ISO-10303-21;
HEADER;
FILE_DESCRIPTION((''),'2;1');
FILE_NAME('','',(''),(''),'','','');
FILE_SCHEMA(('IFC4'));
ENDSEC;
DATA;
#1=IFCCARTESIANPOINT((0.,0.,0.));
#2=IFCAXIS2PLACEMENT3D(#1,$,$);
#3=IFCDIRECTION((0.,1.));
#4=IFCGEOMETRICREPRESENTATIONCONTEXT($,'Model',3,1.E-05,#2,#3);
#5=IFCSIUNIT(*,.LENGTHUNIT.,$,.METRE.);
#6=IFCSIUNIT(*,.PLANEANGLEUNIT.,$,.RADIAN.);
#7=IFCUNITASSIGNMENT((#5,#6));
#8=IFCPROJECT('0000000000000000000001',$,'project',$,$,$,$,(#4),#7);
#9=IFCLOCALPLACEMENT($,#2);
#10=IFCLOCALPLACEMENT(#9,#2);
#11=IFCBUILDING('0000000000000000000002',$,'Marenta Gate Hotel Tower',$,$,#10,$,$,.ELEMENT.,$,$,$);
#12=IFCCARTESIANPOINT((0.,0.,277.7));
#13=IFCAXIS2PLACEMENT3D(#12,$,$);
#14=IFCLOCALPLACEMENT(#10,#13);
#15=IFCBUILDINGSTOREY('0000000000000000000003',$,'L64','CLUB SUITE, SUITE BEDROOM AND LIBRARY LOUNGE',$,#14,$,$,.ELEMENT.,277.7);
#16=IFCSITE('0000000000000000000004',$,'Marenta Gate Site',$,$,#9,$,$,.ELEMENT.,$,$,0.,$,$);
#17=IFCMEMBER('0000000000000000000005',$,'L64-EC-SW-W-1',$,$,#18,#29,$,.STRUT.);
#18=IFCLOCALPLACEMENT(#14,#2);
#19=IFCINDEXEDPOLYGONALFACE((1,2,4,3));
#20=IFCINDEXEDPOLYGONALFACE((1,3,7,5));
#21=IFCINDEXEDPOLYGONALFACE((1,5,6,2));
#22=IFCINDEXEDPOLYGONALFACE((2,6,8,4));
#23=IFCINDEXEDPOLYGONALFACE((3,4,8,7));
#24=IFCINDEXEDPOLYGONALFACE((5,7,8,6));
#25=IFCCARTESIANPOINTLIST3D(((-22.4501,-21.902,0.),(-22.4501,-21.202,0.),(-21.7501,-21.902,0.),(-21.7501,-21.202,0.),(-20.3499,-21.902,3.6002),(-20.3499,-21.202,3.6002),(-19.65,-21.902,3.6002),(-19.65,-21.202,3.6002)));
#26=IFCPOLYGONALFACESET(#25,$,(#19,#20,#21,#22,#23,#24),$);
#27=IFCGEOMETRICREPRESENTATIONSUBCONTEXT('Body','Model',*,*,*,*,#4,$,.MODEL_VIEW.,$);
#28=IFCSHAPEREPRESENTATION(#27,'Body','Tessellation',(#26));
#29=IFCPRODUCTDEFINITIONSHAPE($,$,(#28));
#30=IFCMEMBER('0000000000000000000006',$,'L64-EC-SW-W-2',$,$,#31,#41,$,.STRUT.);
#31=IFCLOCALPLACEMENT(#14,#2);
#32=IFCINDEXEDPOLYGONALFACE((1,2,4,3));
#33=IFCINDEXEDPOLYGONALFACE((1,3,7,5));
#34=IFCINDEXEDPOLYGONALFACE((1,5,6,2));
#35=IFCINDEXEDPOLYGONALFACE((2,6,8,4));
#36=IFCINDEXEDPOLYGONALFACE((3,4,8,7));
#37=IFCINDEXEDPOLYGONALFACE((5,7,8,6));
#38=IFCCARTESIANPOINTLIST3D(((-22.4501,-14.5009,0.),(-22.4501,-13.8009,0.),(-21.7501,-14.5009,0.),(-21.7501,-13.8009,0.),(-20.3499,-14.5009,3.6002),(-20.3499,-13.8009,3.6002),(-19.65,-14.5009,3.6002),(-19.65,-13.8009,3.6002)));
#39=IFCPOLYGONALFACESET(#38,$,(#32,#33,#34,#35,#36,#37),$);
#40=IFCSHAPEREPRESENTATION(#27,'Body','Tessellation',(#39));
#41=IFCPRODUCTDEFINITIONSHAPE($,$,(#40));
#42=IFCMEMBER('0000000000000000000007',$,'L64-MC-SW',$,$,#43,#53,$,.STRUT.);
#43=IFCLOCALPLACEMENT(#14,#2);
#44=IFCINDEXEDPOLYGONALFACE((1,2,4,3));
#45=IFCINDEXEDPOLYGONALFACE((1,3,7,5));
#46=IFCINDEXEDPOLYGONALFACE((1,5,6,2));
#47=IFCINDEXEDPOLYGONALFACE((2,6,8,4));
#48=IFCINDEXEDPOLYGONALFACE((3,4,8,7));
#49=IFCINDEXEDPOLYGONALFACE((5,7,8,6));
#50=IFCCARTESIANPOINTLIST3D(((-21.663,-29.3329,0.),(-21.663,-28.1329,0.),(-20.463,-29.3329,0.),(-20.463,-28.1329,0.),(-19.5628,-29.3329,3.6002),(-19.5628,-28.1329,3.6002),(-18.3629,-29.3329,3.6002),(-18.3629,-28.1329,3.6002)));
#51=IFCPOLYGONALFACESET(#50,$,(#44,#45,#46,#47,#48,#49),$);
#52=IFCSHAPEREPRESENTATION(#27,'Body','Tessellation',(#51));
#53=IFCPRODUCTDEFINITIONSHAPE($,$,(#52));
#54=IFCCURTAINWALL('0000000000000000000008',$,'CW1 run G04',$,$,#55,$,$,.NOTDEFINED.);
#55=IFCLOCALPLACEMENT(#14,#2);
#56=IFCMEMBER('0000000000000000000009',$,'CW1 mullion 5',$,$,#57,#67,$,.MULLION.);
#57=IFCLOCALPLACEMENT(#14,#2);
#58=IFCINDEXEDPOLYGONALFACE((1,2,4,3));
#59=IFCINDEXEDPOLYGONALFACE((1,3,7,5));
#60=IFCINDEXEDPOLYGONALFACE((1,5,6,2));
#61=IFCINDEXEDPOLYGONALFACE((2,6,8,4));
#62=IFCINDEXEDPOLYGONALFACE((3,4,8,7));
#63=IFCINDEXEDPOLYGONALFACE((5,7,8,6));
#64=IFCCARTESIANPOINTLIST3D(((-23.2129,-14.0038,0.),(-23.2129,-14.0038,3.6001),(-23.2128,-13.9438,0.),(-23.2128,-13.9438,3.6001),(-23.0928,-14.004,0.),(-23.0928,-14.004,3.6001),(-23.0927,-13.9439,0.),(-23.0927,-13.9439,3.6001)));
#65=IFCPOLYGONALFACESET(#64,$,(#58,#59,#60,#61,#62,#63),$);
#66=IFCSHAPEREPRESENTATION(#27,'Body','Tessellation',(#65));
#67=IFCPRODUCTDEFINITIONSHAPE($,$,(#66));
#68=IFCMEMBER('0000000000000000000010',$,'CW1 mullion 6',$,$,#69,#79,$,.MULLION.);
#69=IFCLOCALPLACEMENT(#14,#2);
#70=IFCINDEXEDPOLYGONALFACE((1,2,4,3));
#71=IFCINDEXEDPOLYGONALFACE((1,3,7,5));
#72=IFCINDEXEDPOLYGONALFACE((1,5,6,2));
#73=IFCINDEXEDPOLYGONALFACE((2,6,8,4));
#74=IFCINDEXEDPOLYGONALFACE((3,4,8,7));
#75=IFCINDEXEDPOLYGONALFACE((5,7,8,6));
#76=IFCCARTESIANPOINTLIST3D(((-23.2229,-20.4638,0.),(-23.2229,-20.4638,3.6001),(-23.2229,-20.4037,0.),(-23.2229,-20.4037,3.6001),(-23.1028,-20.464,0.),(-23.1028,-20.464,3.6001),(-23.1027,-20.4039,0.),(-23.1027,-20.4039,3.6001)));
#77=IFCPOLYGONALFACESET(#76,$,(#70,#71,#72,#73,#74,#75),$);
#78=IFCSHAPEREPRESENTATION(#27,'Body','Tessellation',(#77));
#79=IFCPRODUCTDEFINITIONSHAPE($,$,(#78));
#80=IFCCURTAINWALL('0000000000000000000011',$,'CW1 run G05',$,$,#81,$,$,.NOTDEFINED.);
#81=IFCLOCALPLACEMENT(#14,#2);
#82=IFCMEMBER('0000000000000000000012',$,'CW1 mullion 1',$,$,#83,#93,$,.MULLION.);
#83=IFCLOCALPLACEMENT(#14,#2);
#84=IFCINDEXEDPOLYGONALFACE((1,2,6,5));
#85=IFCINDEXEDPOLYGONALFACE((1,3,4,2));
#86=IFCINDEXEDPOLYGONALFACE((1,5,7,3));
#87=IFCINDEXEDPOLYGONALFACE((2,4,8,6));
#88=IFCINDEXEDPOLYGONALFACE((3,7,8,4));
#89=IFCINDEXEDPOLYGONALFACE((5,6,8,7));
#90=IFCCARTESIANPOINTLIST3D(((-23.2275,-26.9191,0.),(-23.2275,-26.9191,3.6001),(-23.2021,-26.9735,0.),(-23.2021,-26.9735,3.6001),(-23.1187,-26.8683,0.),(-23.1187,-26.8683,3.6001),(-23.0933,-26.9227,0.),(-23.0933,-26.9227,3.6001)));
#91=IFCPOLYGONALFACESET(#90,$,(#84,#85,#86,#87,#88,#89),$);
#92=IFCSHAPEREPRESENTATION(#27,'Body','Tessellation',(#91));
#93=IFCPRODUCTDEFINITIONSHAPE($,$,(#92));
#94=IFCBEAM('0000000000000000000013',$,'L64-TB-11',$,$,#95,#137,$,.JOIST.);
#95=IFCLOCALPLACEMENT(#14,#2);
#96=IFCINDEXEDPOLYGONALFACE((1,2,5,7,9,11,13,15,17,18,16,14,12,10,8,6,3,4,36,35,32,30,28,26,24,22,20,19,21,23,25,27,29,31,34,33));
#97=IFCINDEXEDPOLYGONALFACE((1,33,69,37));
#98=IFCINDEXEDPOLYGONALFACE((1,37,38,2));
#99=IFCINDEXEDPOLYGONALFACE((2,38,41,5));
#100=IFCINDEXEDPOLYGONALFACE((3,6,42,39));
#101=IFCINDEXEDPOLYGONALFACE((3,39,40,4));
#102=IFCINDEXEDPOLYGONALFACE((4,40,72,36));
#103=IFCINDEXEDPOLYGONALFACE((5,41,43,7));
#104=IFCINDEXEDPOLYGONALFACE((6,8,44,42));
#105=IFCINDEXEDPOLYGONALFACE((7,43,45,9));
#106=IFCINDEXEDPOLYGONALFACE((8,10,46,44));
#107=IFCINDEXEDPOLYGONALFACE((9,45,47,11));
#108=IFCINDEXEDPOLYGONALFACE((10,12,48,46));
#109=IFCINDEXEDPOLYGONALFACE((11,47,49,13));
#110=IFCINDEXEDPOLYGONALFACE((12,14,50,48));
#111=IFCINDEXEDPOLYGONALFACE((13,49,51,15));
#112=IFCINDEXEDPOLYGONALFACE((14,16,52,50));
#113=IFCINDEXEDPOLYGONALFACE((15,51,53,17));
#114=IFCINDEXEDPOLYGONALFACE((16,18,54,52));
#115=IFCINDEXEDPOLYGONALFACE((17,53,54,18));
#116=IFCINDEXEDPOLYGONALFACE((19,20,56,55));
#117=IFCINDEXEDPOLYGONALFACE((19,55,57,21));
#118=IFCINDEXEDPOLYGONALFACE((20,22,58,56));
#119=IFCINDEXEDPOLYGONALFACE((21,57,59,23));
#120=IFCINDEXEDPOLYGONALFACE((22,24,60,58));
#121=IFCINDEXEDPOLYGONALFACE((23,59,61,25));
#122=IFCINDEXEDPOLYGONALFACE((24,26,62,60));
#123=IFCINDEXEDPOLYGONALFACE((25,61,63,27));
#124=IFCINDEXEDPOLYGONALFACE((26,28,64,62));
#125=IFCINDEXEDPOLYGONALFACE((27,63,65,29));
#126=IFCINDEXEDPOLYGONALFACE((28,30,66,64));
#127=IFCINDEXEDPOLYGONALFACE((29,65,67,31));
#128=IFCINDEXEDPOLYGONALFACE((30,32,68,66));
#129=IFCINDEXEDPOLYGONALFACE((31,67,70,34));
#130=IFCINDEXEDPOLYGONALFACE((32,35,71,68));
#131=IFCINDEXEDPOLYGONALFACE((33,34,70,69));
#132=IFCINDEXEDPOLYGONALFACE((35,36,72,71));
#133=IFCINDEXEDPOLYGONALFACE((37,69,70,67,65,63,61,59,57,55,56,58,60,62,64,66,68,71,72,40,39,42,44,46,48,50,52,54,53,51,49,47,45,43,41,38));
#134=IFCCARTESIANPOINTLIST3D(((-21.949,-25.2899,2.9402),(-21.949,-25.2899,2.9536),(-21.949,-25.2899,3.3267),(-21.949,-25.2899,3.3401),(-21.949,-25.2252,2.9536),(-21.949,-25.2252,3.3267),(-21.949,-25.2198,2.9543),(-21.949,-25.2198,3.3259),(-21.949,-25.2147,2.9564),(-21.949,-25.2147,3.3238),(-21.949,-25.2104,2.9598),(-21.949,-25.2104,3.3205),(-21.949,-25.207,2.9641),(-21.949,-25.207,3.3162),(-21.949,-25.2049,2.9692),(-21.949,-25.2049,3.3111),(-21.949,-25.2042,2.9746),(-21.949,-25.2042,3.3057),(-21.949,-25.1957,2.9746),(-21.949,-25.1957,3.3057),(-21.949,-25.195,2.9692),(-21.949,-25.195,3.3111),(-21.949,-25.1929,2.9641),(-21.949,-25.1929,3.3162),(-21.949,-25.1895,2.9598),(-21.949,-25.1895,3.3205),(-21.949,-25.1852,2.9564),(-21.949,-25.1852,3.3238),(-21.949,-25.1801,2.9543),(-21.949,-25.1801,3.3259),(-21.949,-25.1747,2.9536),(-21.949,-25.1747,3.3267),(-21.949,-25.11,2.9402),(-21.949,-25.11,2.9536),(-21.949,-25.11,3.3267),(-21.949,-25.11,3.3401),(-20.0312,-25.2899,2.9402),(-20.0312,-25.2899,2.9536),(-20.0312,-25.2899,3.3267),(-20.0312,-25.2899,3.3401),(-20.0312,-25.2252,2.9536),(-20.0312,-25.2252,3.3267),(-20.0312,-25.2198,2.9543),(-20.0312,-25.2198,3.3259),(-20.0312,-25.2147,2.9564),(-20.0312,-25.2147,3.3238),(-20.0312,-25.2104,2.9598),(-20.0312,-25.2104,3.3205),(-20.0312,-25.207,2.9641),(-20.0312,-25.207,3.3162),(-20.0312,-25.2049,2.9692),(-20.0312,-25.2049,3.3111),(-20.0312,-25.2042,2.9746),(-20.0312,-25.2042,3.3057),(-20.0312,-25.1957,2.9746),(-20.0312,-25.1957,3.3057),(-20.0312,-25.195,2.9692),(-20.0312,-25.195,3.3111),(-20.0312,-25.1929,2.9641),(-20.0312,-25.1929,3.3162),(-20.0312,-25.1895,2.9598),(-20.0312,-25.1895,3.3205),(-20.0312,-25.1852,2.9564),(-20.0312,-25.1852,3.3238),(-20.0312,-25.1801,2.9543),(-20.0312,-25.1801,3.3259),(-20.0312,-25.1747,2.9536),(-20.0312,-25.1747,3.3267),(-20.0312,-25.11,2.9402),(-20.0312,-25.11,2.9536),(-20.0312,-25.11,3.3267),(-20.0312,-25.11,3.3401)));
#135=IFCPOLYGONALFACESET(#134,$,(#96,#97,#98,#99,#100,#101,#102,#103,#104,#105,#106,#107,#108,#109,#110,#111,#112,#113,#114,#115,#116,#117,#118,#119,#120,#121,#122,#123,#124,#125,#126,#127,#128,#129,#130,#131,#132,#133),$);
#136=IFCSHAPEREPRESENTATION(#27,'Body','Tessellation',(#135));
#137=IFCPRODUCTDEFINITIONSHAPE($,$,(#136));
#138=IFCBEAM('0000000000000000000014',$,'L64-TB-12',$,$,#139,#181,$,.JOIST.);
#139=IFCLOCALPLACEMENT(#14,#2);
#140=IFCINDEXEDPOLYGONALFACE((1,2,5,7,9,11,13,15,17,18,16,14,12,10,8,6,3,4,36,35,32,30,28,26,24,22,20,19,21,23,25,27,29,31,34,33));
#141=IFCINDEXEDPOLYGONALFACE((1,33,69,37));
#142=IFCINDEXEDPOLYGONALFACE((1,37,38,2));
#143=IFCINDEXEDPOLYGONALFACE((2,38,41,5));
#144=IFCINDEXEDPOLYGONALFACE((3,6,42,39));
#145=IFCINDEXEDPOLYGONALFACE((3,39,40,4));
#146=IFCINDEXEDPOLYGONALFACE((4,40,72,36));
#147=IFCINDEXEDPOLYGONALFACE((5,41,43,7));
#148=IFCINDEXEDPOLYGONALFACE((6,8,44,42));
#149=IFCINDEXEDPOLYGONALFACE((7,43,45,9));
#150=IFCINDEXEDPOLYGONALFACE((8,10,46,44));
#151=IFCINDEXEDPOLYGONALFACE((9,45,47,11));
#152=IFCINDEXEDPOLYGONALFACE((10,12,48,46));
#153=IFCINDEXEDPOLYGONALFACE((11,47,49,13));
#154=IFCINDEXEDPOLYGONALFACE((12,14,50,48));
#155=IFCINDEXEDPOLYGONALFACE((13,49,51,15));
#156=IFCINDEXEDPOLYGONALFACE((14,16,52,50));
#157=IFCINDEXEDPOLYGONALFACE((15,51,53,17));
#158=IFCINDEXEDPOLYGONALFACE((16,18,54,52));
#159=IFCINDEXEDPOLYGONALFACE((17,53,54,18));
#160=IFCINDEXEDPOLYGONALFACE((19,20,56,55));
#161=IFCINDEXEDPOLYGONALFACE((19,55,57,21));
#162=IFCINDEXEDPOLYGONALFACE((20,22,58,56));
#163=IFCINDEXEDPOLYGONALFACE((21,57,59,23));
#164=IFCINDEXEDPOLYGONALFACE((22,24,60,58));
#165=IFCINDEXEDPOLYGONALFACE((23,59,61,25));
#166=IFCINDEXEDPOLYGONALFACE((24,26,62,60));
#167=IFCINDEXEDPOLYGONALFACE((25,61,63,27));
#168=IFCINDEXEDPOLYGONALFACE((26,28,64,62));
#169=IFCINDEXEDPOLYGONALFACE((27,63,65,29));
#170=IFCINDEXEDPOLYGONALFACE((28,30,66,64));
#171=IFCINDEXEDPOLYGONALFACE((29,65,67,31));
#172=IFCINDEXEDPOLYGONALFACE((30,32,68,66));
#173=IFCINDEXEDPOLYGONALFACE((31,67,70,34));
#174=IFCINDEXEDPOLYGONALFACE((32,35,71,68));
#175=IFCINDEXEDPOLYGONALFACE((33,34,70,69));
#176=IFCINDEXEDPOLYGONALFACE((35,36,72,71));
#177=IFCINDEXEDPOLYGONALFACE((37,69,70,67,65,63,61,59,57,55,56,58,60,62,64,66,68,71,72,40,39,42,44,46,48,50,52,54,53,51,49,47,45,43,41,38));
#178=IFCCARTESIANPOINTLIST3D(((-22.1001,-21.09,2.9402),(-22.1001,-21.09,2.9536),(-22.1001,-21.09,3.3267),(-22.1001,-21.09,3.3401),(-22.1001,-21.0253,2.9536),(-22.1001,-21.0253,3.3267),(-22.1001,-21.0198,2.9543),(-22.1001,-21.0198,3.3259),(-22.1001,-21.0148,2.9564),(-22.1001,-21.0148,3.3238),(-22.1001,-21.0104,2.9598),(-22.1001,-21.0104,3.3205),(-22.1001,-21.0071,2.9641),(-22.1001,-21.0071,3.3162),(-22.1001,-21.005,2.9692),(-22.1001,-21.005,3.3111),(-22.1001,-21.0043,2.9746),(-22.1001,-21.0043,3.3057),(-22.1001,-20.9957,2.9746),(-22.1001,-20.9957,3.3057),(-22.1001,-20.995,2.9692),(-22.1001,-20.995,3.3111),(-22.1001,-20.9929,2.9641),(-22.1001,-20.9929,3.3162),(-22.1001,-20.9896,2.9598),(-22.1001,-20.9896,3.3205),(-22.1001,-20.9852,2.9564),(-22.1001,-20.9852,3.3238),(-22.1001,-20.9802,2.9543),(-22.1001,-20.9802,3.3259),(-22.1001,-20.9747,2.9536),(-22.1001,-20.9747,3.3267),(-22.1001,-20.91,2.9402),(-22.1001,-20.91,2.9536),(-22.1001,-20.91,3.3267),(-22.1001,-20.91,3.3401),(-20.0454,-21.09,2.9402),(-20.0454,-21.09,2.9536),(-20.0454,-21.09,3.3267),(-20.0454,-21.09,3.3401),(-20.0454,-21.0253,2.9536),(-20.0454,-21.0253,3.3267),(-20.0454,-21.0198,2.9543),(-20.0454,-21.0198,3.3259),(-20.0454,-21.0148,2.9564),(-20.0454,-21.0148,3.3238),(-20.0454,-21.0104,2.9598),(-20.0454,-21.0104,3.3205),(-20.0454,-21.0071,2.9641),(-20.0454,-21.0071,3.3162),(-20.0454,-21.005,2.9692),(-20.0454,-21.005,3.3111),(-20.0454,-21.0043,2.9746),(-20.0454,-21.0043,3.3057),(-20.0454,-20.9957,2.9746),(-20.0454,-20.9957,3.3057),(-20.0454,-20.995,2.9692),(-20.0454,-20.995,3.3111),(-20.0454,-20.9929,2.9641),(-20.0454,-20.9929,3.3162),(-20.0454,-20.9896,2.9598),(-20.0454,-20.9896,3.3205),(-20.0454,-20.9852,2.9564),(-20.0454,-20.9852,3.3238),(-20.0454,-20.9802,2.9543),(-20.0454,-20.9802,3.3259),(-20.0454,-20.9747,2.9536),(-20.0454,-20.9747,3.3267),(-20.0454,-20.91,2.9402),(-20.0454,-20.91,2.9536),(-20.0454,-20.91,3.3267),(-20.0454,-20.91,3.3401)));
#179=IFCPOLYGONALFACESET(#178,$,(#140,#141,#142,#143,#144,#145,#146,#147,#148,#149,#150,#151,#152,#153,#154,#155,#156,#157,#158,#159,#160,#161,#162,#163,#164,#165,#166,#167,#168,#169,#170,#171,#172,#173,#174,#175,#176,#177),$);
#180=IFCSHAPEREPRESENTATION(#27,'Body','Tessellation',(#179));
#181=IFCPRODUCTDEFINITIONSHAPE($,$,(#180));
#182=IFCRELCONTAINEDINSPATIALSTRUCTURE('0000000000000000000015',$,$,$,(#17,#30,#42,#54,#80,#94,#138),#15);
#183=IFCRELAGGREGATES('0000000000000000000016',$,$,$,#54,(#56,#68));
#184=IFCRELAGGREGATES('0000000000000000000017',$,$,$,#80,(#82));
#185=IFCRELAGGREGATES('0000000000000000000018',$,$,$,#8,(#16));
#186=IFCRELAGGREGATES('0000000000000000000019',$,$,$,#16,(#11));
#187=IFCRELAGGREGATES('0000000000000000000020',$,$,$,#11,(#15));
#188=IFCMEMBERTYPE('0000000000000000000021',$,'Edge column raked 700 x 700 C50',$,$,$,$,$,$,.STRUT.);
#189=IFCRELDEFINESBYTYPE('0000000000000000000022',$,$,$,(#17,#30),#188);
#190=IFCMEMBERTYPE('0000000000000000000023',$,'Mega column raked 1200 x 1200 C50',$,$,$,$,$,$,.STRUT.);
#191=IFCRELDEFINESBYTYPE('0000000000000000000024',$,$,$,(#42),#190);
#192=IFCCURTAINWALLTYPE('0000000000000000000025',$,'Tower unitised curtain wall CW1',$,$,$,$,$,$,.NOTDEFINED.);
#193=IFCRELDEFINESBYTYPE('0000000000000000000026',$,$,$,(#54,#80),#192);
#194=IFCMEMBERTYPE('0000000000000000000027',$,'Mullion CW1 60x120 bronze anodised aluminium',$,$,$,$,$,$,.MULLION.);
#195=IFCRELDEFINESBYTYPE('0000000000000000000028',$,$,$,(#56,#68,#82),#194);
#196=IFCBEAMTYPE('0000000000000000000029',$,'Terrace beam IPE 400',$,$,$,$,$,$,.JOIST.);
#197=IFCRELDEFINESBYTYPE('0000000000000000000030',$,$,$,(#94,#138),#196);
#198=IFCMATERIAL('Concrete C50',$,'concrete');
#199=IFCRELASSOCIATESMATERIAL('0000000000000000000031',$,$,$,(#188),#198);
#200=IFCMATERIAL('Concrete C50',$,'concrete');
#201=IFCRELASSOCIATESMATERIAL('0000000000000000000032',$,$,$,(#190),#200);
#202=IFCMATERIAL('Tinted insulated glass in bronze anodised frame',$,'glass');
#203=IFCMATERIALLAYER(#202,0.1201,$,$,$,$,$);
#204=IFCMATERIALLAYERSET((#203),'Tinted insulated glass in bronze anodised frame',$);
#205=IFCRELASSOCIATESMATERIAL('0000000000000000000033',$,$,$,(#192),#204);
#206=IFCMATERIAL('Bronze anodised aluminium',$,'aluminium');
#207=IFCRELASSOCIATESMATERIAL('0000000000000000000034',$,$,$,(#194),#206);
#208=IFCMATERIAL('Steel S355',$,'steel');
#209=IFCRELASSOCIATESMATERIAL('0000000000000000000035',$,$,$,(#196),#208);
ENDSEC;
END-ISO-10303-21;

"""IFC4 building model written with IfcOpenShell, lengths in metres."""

from ifc_helpers import new_model, si_unit, direction, frame, origin, origin_2d, place, context, subcontext, project, spatial, rectangle, i_section, extrude, material, layer, layer_set, material_profile, profile_set, type_object, element, aggregate, save


model = new_model("IFC4")

# Units and contexts
model_context = context("Model", 3, precision=1e-05, world=origin(), true_north=direction((0.0, 1.0)))
body_context = subcontext(model_context, "Body", "Model", "MODEL_VIEW")
ifc_project = project(units=[si_unit("LENGTHUNIT", "METRE"), si_unit("PLANEANGLEUNIT", "RADIAN")], contexts=[model_context])

# Site, building, storey
site_placement = place(None, origin())
site = spatial("IfcSite", under=ifc_project, at=site_placement, Name="Marenta Gate Site", CompositionType="ELEMENT", RefElevation=0.0)
building_placement = place(site_placement, origin())
building = spatial("IfcBuilding", under=site, at=building_placement, Name="Marenta Gate Hotel Tower", CompositionType="ELEMENT")
storey_placement = place(building_placement, frame((0.0, 0.0, 277.7)))
storey = spatial("IfcBuildingStorey", under=building, at=storey_placement, Name="L64", Description="CLUB SUITE, SUITE BEDROOM AND LIBRARY LOUNGE", CompositionType="ELEMENT", Elevation=277.7)

# Members
ifc_material_1 = material(Name="Concrete C50", Category="concrete")
ifc_material_profile_1 = material_profile(ifc_material_1, rectangle(XDim=0.7, YDim=0.7, at=origin_2d()), Name="700 x 700")
ifc_profile_set_1 = profile_set([ifc_material_profile_1], Name="Concrete C50")
member_type_1 = type_object("IfcMemberType", Name="Edge column raked 700 x 700 C50", PredefinedType="STRUT", material=ifc_profile_set_1)
for number, where, z_axis, x_axis, name in (
    (1, (-22.1001, -21.552, 0.0), (0.0, 0.0, 1.0), (1.0, 0.0, 0.0), "L64-EC-SW-W-1"),
    (2, (-22.1001, -14.1509, 0.0), (0.0, 0.0, 1.0), (1.0, 0.0, 0.0), "L64-EC-SW-W-2"),
):
    element("IfcMember", number, at=place(storey_placement, frame(where, z_axis=z_axis, x_axis=x_axis)), inside=storey, type_object=member_type_1, Name=name, PredefinedType="STRUT", context=body_context, shape_type="SweptSolid", body=[
        extrude(rectangle(XDim=0.7, YDim=0.7, at=origin_2d()), origin(), (0.503878, 0.0, 0.863775), 4.168),
    ])
ifc_material_2 = material(Name="Concrete C50", Category="concrete")
ifc_material_profile_2 = material_profile(ifc_material_2, rectangle(XDim=1.2, YDim=1.2, at=origin_2d()), Name="1200 x 1200")
ifc_profile_set_2 = profile_set([ifc_material_profile_2], Name="Concrete C50")
member_type_2 = type_object("IfcMemberType", Name="Mega column raked 1200 x 1200 C50", PredefinedType="STRUT", material=ifc_profile_set_2)
member_1_placement = place(storey_placement, frame((-21.063, -28.7329, 0.0), z_axis=(0.0, 0.0, 1.0), x_axis=(1.0, 0.0, 0.0)))
element("IfcMember", 3, at=member_1_placement, inside=storey, type_object=member_type_2, Name="L64-MC-SW", PredefinedType="STRUT", context=body_context, shape_type="SweptSolid", body=[
    extrude(rectangle(XDim=1.2, YDim=1.2, at=origin_2d()), origin(), (0.503878, 0.0, 0.863775), 4.168),
])

# Curtain wall, members
ifc_material_3 = material(Name="Tinted insulated glass in bronze anodised frame", Category="glass")
ifc_layer_1 = layer(ifc_material_3, 0.1201)
ifc_layer_set_1 = layer_set([ifc_layer_1], Name="Tinted insulated glass in bronze anodised frame")
curtain_wall_type = type_object("IfcCurtainWallType", Name="Tower unitised curtain wall CW1", PredefinedType="NOTDEFINED", material=ifc_layer_set_1)
curtain_wall_1_placement = place(storey_placement, origin())
curtain_wall_1 = element("IfcCurtainWall", 4, at=curtain_wall_1_placement, inside=storey, type_object=curtain_wall_type, Name="CW1 run G04", PredefinedType="NOTDEFINED")
ifc_material_4 = material(Name="Bronze anodised aluminium", Category="aluminium")
ifc_material_profile_3 = material_profile(ifc_material_4, rectangle(XDim=0.1201, YDim=0.0601, at=origin_2d()), Name="Mullion CW1 60x120 bronze anodised aluminium")
ifc_profile_set_3 = profile_set([ifc_material_profile_3], Name="Bronze anodised aluminium")
member_type_3 = type_object("IfcMemberType", Name="Mullion CW1 60x120 bronze anodised aluminium", PredefinedType="MULLION", material=ifc_profile_set_3)
member_2_placement = place(storey_placement, frame((-23.1528, -13.9739, 0.0), z_axis=(0.0, 0.0, 1.0), x_axis=(0.999999, -0.001566, 0.0)))
member_2 = element("IfcMember", 5, at=member_2_placement, type_object=member_type_3, Name="CW1 mullion 5", PredefinedType="MULLION", context=body_context, shape_type="SweptSolid", body=[
    extrude(rectangle(XDim=0.1201, YDim=0.0601, at=origin_2d()), origin(), (0.0, 0.0, 1.0), 3.6001),
])
member_3_placement = place(storey_placement, frame((-23.1628, -20.4338, 0.0), z_axis=(0.0, 0.0, 1.0), x_axis=(0.999999, -0.001566, 0.0)))
member_3 = element("IfcMember", 6, at=member_3_placement, type_object=member_type_3, Name="CW1 mullion 6", PredefinedType="MULLION", context=body_context, shape_type="SweptSolid", body=[
    extrude(rectangle(XDim=0.1201, YDim=0.0601, at=origin_2d()), origin(), (0.0, 0.0, 1.0), 3.6001),
])

# Curtain wall, member
curtain_wall_2_placement = place(storey_placement, origin())
curtain_wall_2 = element("IfcCurtainWall", 7, at=curtain_wall_2_placement, inside=storey, type_object=curtain_wall_type, Name="CW1 run G05", PredefinedType="NOTDEFINED")
member_4_placement = place(storey_placement, frame((-23.1604, -26.9209, 0.0), z_axis=(0.0, 0.0, 1.0), x_axis=(0.905972, 0.423337, 0.0)))
member_4 = element("IfcMember", 8, at=member_4_placement, type_object=member_type_3, Name="CW1 mullion 1", PredefinedType="MULLION", context=body_context, shape_type="SweptSolid", body=[
    extrude(rectangle(XDim=0.1201, YDim=0.0601, at=origin_2d()), origin(), (0.0, 0.0, 1.0), 3.6001),
])

# Beams
ifc_material_5 = material(Name="Steel S355", Category="steel")
ifc_material_profile_4 = material_profile(ifc_material_5, i_section(OverallWidth=0.1799, OverallDepth=0.3999, WebThickness=0.0085, FlangeThickness=0.0134, FilletRadius=0.021, at=origin_2d()), Name="IPE 400")
ifc_profile_set_4 = profile_set([ifc_material_profile_4], Name="Steel S355")
beam_type_1 = type_object("IfcBeamType", Name="Terrace beam IPE 400", PredefinedType="JOIST", material=ifc_profile_set_4)
beam_1_placement = place(storey_placement, frame((-21.949, -25.2, 3.1401), z_axis=(1.0, 0.0, 0.0), x_axis=(0.0, 1.0, 0.0)))
element("IfcBeam", 9, at=beam_1_placement, inside=storey, type_object=beam_type_1, Name="L64-TB-11", PredefinedType="JOIST", context=body_context, shape_type="SweptSolid", body=[
    extrude(i_section(OverallWidth=0.1799, OverallDepth=0.3999, WebThickness=0.0085, FlangeThickness=0.0134, FilletRadius=0.021, at=origin_2d()), origin(), (0.0, 0.0, 1.0), 1.9177),
])
beam_2_placement = place(storey_placement, frame((-22.1001, -21.0, 3.1401), z_axis=(1.0, 0.0, 0.0), x_axis=(0.0, 1.0, 0.0)))
element("IfcBeam", 10, at=beam_2_placement, inside=storey, type_object=beam_type_1, Name="L64-TB-12", PredefinedType="JOIST", context=body_context, shape_type="SweptSolid", body=[
    extrude(i_section(OverallWidth=0.1799, OverallDepth=0.3999, WebThickness=0.0085, FlangeThickness=0.0134, FilletRadius=0.021, at=origin_2d()), origin(), (0.0, 0.0, 1.0), 2.0547),
])

aggregate(curtain_wall_1, [member_2, member_3])
aggregate(curtain_wall_2, [member_4])

save(model, "model.ifc")
